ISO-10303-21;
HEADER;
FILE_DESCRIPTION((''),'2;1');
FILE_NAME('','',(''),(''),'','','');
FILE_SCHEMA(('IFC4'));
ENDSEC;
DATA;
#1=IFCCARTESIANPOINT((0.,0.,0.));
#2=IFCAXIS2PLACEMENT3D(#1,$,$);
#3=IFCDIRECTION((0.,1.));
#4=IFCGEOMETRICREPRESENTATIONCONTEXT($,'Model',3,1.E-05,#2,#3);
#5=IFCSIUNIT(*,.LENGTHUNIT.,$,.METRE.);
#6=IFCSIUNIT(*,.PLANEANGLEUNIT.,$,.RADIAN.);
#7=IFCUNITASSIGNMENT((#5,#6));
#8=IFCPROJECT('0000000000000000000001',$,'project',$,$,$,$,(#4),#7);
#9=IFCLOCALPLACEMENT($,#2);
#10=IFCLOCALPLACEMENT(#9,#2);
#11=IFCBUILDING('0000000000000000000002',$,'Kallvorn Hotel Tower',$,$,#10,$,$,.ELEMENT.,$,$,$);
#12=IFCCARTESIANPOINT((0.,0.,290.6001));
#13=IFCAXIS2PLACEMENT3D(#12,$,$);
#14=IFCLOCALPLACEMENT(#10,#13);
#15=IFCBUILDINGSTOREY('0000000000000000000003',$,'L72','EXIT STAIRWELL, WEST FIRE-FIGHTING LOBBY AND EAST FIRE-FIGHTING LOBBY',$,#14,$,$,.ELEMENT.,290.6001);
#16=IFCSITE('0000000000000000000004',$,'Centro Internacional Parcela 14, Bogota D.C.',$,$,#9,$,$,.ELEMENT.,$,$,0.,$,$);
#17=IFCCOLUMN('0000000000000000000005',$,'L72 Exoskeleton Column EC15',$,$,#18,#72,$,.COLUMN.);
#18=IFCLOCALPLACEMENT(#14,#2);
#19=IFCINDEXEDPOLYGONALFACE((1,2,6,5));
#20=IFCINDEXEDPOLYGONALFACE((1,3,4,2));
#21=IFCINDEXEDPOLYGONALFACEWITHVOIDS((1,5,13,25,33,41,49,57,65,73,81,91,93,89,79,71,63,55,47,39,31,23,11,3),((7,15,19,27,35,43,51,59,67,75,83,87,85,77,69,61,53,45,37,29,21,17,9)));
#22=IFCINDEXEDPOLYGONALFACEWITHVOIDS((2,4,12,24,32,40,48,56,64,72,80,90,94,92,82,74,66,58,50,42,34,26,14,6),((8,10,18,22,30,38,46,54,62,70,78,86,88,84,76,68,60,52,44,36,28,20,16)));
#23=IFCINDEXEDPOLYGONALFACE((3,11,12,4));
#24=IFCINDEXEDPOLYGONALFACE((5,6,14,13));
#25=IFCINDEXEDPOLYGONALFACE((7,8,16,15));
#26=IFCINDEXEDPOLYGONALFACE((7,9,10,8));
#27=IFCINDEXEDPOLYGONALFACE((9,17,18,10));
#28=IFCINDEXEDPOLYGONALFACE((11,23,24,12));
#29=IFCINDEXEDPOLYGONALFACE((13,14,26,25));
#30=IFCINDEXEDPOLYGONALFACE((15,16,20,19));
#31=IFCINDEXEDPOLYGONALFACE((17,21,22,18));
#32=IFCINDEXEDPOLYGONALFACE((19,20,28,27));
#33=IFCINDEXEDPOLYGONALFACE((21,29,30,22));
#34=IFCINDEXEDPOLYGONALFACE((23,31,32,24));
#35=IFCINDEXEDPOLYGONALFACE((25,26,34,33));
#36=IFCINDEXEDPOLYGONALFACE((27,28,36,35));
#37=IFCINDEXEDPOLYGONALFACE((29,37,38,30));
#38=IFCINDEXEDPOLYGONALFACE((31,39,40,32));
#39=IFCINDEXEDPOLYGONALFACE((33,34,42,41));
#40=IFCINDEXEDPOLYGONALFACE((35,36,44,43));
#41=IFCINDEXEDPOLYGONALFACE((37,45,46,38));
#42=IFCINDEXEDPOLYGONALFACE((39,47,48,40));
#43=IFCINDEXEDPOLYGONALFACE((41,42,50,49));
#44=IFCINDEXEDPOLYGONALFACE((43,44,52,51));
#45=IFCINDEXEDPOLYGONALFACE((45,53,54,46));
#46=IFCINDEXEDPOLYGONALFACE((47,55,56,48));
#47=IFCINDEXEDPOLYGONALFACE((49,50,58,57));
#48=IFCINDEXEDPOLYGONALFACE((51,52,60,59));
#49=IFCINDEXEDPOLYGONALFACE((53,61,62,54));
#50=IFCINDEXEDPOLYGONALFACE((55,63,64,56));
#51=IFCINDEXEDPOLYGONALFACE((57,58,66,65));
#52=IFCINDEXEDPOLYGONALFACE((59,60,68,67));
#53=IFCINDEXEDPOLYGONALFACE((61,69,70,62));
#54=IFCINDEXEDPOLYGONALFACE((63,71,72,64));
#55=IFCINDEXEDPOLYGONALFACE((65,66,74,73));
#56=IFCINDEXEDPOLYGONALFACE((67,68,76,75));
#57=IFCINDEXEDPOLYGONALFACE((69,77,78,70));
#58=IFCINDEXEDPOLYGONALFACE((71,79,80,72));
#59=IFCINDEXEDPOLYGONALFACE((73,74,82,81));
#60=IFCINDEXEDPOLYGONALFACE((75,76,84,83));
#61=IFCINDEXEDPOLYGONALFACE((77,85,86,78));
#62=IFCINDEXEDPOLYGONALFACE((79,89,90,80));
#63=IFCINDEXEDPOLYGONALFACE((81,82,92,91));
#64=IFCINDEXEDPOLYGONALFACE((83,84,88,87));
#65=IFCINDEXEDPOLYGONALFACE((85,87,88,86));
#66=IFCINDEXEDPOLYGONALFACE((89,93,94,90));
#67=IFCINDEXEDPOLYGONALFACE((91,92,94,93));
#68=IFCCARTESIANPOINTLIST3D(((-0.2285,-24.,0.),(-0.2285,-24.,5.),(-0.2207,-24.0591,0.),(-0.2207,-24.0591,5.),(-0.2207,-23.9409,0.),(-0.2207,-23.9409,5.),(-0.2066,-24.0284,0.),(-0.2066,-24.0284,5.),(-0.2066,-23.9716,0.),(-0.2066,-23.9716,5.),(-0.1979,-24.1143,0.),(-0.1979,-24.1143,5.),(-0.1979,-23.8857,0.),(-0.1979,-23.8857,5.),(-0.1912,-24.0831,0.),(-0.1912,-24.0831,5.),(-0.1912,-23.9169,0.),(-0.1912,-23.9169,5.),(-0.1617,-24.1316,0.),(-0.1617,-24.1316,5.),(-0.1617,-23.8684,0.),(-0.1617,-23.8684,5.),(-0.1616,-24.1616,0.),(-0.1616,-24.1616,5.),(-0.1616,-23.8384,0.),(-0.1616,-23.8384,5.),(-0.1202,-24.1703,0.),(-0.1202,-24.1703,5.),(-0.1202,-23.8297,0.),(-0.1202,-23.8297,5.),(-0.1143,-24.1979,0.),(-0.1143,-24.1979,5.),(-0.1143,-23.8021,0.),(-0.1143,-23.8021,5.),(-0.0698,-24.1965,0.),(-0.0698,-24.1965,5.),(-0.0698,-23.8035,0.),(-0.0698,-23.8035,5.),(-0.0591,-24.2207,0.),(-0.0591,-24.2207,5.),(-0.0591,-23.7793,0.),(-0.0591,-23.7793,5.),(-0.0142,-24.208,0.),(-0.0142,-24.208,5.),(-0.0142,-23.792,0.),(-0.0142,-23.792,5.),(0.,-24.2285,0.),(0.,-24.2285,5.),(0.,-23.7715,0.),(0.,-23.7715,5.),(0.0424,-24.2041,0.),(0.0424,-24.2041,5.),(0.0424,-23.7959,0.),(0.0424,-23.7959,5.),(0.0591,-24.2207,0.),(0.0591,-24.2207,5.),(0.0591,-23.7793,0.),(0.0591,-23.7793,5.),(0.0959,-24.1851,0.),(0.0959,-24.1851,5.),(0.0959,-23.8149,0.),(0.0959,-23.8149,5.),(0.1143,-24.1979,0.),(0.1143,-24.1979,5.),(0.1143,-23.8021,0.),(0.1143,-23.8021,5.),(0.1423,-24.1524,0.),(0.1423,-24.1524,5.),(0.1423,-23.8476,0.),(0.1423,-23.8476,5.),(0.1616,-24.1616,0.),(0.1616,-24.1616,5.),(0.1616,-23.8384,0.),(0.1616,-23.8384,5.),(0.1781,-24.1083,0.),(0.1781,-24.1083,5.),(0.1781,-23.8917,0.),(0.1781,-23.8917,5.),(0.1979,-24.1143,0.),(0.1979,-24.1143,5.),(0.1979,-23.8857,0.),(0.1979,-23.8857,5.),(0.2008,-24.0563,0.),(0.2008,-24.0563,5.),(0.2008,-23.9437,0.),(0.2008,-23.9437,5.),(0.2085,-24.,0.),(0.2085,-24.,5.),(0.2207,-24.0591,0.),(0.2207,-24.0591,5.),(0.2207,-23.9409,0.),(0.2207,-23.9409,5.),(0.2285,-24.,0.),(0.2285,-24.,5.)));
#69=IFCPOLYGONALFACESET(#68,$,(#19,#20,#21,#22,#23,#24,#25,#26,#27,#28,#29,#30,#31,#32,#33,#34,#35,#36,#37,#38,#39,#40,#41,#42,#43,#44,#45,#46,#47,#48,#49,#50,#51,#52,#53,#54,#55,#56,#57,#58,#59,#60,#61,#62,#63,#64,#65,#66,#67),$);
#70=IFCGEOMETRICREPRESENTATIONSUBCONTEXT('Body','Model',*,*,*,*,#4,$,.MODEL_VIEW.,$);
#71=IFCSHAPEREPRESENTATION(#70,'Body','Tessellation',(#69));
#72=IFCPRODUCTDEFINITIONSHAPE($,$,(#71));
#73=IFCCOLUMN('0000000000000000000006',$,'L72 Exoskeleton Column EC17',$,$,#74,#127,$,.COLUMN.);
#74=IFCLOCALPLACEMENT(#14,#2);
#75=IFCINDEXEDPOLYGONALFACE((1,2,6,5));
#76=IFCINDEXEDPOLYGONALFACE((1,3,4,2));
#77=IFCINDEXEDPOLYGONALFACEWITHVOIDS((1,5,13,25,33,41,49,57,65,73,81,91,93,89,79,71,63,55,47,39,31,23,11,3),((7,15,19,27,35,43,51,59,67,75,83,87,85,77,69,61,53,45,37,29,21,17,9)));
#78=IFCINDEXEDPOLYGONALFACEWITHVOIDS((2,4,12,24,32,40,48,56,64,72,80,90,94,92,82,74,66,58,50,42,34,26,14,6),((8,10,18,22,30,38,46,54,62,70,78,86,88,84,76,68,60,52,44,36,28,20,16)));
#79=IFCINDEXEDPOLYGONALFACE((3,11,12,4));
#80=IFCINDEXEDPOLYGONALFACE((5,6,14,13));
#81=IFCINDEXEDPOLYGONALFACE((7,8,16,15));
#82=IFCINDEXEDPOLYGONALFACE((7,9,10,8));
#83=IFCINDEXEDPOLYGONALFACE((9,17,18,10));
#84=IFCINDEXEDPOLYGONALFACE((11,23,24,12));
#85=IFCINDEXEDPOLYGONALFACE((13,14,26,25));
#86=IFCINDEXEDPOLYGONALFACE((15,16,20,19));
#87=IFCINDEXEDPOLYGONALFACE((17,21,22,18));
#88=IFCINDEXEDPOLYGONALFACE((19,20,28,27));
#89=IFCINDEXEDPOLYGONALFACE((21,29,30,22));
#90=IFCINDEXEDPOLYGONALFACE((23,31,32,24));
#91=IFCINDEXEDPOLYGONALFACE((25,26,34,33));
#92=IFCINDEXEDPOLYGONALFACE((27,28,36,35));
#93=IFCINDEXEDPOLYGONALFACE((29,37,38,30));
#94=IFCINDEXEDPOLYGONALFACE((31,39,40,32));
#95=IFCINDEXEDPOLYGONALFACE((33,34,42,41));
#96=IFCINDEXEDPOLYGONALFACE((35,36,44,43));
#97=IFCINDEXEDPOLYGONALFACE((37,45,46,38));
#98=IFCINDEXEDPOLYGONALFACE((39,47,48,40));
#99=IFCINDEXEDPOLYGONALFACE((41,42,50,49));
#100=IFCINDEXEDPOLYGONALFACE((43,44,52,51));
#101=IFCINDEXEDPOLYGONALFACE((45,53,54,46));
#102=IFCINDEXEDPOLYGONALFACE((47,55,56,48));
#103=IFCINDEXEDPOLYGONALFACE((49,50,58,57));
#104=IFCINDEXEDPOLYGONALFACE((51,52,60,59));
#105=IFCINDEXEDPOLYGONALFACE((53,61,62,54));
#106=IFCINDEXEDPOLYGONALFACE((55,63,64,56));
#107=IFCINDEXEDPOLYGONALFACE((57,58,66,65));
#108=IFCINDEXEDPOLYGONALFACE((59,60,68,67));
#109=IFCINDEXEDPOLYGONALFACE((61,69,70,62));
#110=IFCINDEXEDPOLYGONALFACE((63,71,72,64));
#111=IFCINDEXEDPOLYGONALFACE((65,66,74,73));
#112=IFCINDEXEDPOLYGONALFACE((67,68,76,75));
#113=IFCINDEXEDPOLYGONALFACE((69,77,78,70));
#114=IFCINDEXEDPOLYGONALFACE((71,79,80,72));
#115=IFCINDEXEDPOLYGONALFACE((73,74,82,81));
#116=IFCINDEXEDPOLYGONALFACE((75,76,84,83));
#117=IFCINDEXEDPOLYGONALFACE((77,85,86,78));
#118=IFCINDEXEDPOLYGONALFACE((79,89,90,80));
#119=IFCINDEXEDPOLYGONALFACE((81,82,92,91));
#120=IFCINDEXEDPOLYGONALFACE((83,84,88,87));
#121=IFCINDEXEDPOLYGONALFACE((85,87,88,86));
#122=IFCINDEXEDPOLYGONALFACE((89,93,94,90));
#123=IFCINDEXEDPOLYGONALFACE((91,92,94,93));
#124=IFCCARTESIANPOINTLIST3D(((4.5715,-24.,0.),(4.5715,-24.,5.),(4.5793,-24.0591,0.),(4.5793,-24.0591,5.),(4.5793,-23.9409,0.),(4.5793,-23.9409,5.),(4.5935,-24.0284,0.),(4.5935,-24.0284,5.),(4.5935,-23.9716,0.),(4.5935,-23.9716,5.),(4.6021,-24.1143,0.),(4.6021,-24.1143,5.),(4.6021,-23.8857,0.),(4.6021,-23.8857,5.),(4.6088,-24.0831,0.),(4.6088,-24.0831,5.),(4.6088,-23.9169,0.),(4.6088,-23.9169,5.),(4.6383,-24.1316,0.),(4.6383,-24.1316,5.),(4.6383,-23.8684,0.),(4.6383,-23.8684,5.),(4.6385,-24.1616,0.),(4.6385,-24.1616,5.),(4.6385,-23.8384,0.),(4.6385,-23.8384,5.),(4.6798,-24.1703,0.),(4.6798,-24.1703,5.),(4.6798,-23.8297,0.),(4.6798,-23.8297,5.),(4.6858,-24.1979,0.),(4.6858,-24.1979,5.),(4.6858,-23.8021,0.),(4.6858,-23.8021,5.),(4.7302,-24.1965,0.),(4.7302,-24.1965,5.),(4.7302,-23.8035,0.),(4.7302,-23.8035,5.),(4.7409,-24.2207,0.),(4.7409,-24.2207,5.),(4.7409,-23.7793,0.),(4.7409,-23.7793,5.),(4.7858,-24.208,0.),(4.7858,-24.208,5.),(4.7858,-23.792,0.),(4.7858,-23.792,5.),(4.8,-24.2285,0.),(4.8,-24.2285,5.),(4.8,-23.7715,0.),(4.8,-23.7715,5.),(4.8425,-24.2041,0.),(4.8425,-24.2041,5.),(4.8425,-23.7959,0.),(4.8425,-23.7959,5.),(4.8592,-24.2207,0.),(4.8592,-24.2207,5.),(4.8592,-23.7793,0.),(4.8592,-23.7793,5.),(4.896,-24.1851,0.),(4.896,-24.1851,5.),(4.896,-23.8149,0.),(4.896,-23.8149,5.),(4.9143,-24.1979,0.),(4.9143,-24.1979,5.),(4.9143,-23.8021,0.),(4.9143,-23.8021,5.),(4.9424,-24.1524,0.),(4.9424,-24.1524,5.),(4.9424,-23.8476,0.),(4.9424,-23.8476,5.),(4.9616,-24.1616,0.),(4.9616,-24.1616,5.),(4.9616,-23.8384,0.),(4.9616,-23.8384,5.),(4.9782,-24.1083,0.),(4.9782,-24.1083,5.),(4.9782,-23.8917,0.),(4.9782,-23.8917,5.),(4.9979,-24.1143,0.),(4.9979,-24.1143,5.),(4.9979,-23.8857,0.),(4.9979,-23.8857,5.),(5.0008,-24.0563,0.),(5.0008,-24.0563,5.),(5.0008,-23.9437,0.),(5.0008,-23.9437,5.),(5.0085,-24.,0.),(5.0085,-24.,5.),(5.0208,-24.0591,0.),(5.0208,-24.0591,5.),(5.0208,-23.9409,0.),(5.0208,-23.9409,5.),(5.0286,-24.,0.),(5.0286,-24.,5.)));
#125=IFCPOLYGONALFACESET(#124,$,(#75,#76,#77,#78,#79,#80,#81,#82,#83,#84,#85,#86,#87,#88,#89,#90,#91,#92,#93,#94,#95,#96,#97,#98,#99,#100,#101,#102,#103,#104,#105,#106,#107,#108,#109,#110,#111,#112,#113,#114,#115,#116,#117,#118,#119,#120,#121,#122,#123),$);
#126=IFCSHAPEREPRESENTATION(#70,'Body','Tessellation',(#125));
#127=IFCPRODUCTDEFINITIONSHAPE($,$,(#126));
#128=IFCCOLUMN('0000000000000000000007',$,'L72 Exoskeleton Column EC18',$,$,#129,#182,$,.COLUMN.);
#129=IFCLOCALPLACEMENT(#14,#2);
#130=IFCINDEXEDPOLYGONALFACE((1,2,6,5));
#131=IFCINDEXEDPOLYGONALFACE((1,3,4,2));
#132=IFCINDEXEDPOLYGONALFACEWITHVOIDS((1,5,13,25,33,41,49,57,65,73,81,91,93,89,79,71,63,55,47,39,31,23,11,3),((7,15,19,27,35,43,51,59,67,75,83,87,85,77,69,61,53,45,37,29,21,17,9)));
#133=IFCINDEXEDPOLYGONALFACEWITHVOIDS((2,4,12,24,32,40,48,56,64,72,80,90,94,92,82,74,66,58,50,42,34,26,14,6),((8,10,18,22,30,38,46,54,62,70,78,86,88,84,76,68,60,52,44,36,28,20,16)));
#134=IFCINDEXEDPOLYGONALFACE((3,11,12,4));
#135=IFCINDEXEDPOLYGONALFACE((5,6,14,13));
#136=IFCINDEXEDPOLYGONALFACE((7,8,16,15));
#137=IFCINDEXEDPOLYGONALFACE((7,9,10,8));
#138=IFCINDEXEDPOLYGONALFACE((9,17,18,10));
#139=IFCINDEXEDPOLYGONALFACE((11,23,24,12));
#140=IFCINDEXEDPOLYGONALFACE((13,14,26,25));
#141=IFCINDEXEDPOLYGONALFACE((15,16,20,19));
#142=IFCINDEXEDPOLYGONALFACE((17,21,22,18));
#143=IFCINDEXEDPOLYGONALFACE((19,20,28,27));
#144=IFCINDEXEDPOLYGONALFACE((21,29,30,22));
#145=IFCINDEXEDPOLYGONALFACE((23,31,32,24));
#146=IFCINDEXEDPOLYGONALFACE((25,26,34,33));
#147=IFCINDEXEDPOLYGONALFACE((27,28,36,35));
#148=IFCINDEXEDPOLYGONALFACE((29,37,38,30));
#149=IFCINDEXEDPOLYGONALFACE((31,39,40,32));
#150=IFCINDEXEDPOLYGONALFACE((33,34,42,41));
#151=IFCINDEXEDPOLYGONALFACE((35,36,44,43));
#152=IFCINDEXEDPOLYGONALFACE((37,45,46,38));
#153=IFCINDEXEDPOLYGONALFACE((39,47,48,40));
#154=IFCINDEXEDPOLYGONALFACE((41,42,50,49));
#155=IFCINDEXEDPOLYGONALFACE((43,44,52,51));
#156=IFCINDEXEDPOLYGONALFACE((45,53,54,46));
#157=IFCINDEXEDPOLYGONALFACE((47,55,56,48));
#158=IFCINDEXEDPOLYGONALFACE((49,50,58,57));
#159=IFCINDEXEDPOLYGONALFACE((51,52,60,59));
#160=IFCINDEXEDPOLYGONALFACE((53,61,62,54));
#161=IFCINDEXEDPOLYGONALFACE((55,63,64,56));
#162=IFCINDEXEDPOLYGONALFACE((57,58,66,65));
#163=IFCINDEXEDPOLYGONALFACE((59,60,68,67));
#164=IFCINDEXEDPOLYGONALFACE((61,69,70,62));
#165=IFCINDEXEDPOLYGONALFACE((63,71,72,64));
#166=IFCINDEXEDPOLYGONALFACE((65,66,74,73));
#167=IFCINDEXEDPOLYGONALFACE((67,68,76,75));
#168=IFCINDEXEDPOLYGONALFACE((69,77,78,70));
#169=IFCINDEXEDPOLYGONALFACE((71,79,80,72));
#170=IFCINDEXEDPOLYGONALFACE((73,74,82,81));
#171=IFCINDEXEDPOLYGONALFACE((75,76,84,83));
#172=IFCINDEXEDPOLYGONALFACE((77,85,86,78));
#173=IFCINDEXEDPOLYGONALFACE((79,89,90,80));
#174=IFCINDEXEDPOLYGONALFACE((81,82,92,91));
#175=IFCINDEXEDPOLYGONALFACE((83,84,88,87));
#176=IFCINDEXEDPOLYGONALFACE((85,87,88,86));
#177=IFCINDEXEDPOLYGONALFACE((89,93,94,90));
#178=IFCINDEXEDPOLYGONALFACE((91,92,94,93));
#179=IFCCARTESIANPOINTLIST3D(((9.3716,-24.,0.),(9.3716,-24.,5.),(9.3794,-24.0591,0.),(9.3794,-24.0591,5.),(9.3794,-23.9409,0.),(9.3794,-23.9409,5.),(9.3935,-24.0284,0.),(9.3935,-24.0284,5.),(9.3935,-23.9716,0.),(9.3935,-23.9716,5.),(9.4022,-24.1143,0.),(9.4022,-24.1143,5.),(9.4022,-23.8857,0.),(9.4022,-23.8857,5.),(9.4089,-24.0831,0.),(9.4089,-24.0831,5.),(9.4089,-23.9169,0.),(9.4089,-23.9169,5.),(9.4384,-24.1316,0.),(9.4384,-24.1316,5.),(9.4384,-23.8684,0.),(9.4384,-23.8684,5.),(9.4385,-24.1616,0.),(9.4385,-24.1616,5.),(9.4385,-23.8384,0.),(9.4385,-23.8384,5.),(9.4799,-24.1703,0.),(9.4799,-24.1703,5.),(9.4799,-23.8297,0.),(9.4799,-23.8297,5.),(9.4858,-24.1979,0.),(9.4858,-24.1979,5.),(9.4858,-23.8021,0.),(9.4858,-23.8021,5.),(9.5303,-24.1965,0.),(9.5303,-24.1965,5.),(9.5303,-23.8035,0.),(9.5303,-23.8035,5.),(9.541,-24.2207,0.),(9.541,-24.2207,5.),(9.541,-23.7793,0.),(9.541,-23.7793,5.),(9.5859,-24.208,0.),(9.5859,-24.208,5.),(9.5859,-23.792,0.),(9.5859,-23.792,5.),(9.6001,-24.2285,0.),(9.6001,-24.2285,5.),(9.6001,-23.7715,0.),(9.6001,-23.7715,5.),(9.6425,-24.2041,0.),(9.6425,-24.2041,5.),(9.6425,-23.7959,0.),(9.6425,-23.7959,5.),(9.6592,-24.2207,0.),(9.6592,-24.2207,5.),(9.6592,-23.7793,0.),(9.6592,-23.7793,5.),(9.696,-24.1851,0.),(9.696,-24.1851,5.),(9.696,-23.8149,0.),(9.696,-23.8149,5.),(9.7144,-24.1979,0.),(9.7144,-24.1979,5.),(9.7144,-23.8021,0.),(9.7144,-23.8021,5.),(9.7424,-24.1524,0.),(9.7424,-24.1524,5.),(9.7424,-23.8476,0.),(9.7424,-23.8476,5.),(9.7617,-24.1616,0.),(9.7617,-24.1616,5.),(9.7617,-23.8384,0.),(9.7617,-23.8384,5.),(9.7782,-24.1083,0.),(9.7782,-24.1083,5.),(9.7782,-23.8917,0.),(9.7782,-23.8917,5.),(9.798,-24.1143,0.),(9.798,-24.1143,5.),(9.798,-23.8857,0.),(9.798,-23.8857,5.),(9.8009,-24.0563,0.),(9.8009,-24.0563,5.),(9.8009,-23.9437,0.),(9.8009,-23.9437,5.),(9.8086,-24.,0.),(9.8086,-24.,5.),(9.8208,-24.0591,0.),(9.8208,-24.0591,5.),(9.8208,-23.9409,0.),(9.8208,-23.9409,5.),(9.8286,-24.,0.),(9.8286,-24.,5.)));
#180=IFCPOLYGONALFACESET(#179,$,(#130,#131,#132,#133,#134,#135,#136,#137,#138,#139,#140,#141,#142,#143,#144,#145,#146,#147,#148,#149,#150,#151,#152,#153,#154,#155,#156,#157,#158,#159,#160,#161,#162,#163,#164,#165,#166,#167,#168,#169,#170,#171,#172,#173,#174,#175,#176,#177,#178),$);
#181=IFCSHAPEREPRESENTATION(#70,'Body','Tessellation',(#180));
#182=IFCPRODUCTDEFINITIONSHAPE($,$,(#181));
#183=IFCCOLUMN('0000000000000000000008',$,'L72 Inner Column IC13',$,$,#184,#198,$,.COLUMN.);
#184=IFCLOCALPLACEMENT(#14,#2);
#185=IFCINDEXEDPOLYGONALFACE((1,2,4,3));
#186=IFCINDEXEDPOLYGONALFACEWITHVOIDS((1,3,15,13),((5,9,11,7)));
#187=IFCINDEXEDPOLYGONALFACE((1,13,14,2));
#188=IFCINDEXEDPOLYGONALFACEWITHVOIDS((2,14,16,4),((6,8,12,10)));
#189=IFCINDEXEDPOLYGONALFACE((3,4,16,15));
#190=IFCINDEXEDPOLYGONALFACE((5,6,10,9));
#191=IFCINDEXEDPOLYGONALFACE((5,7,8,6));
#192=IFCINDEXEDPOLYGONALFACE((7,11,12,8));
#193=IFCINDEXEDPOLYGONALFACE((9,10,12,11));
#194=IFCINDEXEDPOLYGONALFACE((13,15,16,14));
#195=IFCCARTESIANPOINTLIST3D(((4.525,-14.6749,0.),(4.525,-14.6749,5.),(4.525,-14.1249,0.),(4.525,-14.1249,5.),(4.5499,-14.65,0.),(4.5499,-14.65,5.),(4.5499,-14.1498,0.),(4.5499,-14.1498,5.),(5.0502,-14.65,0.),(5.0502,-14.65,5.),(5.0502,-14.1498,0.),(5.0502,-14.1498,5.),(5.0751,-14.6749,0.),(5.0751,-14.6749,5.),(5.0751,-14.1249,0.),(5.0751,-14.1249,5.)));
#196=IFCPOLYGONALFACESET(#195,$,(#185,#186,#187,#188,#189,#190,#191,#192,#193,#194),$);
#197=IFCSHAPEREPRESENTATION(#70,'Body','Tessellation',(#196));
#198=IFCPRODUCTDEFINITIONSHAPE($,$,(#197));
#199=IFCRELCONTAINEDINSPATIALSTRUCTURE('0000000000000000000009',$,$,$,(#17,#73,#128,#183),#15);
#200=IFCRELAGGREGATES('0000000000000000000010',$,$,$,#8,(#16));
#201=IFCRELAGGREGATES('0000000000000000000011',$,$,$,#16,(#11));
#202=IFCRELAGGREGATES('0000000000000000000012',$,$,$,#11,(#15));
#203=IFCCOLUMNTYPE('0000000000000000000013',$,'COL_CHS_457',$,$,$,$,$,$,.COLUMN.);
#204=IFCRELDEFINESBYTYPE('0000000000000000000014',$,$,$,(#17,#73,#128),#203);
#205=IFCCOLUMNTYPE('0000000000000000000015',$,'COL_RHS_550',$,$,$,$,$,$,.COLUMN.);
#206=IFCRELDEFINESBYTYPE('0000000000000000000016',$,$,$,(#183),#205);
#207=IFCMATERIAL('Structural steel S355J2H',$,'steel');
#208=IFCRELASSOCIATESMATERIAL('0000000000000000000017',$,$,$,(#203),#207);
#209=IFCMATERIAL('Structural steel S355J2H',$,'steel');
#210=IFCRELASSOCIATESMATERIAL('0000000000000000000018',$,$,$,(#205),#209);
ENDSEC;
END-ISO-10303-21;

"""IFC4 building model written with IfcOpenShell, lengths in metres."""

from ifc_helpers import new_model, si_unit, direction, frame, origin, origin_2d, place, context, subcontext, project, spatial, hollow_rectangle, hollow_circle, extrude, material, material_profile, profile_set, type_object, element, save


model = new_model("IFC4")

# Units and contexts
model_context = context("Model", 3, precision=1e-05, world=origin(), true_north=direction((0.0, 1.0)))
body_context = subcontext(model_context, "Body", "Model", "MODEL_VIEW")
ifc_project = project(units=[si_unit("LENGTHUNIT", "METRE"), si_unit("PLANEANGLEUNIT", "RADIAN")], contexts=[model_context])

# Site, building, storey
site_placement = place(None, origin())
site = spatial("IfcSite", under=ifc_project, at=site_placement, Name="Centro Internacional Parcela 14, Bogota D.C.", CompositionType="ELEMENT", RefElevation=0.0)
building_placement = place(site_placement, origin())
building = spatial("IfcBuilding", under=site, at=building_placement, Name="Kallvorn Hotel Tower", CompositionType="ELEMENT")
storey_placement = place(building_placement, frame((0.0, 0.0, 290.6001)))
storey = spatial("IfcBuildingStorey", under=building, at=storey_placement, Name="L72", Description="EXIT STAIRWELL, WEST FIRE-FIGHTING LOBBY AND EAST FIRE-FIGHTING LOBBY", CompositionType="ELEMENT", Elevation=290.6001)

# Columns
ifc_material_1 = material(Name="Structural steel S355J2H", Category="steel")
ifc_material_profile_1 = material_profile(ifc_material_1, hollow_circle(Radius=0.2285, WallThickness=0.02, at=origin_2d()), Name="CHS 457x20")
ifc_profile_set_1 = profile_set([ifc_material_profile_1], Name="Structural steel S355J2H")
column_type_1 = type_object("IfcColumnType", Name="COL_CHS_457", PredefinedType="COLUMN", material=ifc_profile_set_1)
for number, where, z_axis, x_axis, name in (
    (1, (0.0, -24.0, 0.0), (0.0, 0.0, 1.0), (1.0, 0.0, 0.0), "L72 Exoskeleton Column EC15"),
    (2, (4.8, -24.0, 0.0), (0.0, 0.0, 1.0), (1.0, 0.0, 0.0), "L72 Exoskeleton Column EC17"),
    (3, (9.6001, -24.0, 0.0), (0.0, 0.0, 1.0), (1.0, 0.0, 0.0), "L72 Exoskeleton Column EC18"),
):
    element("IfcColumn", number, at=place(storey_placement, frame(where, z_axis=z_axis, x_axis=x_axis)), inside=storey, type_object=column_type_1, Name=name, PredefinedType="COLUMN", context=body_context, shape_type="SweptSolid", body=[
        extrude(hollow_circle(Radius=0.2285, WallThickness=0.02, at=origin_2d()), origin(), (0.0, 0.0, 1.0), 5.0),
    ])
ifc_material_2 = material(Name="Structural steel S355J2H", Category="steel")
ifc_material_profile_2 = material_profile(ifc_material_2, hollow_rectangle(XDim=0.55, YDim=0.55, WallThickness=0.0249, at=origin_2d()), Name="RHS 550x550x25")
ifc_profile_set_2 = profile_set([ifc_material_profile_2], Name="Structural steel S355J2H")
column_type_2 = type_object("IfcColumnType", Name="COL_RHS_550", PredefinedType="COLUMN", material=ifc_profile_set_2)
for number, where, z_axis, x_axis, name in (
    (4, (4.8, -14.3999, 0.0), (0.0, 0.0, 1.0), (1.0, 0.0, 0.0), "L72 Inner Column IC13"),
):
    element("IfcColumn", number, at=place(storey_placement, frame(where, z_axis=z_axis, x_axis=x_axis)), inside=storey, type_object=column_type_2, Name=name, PredefinedType="COLUMN", context=body_context, shape_type="SweptSolid", body=[
        extrude(hollow_rectangle(XDim=0.55, YDim=0.55, WallThickness=0.0249, at=origin_2d()), origin(), (0.0, 0.0, 1.0), 5.0),
    ])

save(model, "model.ifc")
